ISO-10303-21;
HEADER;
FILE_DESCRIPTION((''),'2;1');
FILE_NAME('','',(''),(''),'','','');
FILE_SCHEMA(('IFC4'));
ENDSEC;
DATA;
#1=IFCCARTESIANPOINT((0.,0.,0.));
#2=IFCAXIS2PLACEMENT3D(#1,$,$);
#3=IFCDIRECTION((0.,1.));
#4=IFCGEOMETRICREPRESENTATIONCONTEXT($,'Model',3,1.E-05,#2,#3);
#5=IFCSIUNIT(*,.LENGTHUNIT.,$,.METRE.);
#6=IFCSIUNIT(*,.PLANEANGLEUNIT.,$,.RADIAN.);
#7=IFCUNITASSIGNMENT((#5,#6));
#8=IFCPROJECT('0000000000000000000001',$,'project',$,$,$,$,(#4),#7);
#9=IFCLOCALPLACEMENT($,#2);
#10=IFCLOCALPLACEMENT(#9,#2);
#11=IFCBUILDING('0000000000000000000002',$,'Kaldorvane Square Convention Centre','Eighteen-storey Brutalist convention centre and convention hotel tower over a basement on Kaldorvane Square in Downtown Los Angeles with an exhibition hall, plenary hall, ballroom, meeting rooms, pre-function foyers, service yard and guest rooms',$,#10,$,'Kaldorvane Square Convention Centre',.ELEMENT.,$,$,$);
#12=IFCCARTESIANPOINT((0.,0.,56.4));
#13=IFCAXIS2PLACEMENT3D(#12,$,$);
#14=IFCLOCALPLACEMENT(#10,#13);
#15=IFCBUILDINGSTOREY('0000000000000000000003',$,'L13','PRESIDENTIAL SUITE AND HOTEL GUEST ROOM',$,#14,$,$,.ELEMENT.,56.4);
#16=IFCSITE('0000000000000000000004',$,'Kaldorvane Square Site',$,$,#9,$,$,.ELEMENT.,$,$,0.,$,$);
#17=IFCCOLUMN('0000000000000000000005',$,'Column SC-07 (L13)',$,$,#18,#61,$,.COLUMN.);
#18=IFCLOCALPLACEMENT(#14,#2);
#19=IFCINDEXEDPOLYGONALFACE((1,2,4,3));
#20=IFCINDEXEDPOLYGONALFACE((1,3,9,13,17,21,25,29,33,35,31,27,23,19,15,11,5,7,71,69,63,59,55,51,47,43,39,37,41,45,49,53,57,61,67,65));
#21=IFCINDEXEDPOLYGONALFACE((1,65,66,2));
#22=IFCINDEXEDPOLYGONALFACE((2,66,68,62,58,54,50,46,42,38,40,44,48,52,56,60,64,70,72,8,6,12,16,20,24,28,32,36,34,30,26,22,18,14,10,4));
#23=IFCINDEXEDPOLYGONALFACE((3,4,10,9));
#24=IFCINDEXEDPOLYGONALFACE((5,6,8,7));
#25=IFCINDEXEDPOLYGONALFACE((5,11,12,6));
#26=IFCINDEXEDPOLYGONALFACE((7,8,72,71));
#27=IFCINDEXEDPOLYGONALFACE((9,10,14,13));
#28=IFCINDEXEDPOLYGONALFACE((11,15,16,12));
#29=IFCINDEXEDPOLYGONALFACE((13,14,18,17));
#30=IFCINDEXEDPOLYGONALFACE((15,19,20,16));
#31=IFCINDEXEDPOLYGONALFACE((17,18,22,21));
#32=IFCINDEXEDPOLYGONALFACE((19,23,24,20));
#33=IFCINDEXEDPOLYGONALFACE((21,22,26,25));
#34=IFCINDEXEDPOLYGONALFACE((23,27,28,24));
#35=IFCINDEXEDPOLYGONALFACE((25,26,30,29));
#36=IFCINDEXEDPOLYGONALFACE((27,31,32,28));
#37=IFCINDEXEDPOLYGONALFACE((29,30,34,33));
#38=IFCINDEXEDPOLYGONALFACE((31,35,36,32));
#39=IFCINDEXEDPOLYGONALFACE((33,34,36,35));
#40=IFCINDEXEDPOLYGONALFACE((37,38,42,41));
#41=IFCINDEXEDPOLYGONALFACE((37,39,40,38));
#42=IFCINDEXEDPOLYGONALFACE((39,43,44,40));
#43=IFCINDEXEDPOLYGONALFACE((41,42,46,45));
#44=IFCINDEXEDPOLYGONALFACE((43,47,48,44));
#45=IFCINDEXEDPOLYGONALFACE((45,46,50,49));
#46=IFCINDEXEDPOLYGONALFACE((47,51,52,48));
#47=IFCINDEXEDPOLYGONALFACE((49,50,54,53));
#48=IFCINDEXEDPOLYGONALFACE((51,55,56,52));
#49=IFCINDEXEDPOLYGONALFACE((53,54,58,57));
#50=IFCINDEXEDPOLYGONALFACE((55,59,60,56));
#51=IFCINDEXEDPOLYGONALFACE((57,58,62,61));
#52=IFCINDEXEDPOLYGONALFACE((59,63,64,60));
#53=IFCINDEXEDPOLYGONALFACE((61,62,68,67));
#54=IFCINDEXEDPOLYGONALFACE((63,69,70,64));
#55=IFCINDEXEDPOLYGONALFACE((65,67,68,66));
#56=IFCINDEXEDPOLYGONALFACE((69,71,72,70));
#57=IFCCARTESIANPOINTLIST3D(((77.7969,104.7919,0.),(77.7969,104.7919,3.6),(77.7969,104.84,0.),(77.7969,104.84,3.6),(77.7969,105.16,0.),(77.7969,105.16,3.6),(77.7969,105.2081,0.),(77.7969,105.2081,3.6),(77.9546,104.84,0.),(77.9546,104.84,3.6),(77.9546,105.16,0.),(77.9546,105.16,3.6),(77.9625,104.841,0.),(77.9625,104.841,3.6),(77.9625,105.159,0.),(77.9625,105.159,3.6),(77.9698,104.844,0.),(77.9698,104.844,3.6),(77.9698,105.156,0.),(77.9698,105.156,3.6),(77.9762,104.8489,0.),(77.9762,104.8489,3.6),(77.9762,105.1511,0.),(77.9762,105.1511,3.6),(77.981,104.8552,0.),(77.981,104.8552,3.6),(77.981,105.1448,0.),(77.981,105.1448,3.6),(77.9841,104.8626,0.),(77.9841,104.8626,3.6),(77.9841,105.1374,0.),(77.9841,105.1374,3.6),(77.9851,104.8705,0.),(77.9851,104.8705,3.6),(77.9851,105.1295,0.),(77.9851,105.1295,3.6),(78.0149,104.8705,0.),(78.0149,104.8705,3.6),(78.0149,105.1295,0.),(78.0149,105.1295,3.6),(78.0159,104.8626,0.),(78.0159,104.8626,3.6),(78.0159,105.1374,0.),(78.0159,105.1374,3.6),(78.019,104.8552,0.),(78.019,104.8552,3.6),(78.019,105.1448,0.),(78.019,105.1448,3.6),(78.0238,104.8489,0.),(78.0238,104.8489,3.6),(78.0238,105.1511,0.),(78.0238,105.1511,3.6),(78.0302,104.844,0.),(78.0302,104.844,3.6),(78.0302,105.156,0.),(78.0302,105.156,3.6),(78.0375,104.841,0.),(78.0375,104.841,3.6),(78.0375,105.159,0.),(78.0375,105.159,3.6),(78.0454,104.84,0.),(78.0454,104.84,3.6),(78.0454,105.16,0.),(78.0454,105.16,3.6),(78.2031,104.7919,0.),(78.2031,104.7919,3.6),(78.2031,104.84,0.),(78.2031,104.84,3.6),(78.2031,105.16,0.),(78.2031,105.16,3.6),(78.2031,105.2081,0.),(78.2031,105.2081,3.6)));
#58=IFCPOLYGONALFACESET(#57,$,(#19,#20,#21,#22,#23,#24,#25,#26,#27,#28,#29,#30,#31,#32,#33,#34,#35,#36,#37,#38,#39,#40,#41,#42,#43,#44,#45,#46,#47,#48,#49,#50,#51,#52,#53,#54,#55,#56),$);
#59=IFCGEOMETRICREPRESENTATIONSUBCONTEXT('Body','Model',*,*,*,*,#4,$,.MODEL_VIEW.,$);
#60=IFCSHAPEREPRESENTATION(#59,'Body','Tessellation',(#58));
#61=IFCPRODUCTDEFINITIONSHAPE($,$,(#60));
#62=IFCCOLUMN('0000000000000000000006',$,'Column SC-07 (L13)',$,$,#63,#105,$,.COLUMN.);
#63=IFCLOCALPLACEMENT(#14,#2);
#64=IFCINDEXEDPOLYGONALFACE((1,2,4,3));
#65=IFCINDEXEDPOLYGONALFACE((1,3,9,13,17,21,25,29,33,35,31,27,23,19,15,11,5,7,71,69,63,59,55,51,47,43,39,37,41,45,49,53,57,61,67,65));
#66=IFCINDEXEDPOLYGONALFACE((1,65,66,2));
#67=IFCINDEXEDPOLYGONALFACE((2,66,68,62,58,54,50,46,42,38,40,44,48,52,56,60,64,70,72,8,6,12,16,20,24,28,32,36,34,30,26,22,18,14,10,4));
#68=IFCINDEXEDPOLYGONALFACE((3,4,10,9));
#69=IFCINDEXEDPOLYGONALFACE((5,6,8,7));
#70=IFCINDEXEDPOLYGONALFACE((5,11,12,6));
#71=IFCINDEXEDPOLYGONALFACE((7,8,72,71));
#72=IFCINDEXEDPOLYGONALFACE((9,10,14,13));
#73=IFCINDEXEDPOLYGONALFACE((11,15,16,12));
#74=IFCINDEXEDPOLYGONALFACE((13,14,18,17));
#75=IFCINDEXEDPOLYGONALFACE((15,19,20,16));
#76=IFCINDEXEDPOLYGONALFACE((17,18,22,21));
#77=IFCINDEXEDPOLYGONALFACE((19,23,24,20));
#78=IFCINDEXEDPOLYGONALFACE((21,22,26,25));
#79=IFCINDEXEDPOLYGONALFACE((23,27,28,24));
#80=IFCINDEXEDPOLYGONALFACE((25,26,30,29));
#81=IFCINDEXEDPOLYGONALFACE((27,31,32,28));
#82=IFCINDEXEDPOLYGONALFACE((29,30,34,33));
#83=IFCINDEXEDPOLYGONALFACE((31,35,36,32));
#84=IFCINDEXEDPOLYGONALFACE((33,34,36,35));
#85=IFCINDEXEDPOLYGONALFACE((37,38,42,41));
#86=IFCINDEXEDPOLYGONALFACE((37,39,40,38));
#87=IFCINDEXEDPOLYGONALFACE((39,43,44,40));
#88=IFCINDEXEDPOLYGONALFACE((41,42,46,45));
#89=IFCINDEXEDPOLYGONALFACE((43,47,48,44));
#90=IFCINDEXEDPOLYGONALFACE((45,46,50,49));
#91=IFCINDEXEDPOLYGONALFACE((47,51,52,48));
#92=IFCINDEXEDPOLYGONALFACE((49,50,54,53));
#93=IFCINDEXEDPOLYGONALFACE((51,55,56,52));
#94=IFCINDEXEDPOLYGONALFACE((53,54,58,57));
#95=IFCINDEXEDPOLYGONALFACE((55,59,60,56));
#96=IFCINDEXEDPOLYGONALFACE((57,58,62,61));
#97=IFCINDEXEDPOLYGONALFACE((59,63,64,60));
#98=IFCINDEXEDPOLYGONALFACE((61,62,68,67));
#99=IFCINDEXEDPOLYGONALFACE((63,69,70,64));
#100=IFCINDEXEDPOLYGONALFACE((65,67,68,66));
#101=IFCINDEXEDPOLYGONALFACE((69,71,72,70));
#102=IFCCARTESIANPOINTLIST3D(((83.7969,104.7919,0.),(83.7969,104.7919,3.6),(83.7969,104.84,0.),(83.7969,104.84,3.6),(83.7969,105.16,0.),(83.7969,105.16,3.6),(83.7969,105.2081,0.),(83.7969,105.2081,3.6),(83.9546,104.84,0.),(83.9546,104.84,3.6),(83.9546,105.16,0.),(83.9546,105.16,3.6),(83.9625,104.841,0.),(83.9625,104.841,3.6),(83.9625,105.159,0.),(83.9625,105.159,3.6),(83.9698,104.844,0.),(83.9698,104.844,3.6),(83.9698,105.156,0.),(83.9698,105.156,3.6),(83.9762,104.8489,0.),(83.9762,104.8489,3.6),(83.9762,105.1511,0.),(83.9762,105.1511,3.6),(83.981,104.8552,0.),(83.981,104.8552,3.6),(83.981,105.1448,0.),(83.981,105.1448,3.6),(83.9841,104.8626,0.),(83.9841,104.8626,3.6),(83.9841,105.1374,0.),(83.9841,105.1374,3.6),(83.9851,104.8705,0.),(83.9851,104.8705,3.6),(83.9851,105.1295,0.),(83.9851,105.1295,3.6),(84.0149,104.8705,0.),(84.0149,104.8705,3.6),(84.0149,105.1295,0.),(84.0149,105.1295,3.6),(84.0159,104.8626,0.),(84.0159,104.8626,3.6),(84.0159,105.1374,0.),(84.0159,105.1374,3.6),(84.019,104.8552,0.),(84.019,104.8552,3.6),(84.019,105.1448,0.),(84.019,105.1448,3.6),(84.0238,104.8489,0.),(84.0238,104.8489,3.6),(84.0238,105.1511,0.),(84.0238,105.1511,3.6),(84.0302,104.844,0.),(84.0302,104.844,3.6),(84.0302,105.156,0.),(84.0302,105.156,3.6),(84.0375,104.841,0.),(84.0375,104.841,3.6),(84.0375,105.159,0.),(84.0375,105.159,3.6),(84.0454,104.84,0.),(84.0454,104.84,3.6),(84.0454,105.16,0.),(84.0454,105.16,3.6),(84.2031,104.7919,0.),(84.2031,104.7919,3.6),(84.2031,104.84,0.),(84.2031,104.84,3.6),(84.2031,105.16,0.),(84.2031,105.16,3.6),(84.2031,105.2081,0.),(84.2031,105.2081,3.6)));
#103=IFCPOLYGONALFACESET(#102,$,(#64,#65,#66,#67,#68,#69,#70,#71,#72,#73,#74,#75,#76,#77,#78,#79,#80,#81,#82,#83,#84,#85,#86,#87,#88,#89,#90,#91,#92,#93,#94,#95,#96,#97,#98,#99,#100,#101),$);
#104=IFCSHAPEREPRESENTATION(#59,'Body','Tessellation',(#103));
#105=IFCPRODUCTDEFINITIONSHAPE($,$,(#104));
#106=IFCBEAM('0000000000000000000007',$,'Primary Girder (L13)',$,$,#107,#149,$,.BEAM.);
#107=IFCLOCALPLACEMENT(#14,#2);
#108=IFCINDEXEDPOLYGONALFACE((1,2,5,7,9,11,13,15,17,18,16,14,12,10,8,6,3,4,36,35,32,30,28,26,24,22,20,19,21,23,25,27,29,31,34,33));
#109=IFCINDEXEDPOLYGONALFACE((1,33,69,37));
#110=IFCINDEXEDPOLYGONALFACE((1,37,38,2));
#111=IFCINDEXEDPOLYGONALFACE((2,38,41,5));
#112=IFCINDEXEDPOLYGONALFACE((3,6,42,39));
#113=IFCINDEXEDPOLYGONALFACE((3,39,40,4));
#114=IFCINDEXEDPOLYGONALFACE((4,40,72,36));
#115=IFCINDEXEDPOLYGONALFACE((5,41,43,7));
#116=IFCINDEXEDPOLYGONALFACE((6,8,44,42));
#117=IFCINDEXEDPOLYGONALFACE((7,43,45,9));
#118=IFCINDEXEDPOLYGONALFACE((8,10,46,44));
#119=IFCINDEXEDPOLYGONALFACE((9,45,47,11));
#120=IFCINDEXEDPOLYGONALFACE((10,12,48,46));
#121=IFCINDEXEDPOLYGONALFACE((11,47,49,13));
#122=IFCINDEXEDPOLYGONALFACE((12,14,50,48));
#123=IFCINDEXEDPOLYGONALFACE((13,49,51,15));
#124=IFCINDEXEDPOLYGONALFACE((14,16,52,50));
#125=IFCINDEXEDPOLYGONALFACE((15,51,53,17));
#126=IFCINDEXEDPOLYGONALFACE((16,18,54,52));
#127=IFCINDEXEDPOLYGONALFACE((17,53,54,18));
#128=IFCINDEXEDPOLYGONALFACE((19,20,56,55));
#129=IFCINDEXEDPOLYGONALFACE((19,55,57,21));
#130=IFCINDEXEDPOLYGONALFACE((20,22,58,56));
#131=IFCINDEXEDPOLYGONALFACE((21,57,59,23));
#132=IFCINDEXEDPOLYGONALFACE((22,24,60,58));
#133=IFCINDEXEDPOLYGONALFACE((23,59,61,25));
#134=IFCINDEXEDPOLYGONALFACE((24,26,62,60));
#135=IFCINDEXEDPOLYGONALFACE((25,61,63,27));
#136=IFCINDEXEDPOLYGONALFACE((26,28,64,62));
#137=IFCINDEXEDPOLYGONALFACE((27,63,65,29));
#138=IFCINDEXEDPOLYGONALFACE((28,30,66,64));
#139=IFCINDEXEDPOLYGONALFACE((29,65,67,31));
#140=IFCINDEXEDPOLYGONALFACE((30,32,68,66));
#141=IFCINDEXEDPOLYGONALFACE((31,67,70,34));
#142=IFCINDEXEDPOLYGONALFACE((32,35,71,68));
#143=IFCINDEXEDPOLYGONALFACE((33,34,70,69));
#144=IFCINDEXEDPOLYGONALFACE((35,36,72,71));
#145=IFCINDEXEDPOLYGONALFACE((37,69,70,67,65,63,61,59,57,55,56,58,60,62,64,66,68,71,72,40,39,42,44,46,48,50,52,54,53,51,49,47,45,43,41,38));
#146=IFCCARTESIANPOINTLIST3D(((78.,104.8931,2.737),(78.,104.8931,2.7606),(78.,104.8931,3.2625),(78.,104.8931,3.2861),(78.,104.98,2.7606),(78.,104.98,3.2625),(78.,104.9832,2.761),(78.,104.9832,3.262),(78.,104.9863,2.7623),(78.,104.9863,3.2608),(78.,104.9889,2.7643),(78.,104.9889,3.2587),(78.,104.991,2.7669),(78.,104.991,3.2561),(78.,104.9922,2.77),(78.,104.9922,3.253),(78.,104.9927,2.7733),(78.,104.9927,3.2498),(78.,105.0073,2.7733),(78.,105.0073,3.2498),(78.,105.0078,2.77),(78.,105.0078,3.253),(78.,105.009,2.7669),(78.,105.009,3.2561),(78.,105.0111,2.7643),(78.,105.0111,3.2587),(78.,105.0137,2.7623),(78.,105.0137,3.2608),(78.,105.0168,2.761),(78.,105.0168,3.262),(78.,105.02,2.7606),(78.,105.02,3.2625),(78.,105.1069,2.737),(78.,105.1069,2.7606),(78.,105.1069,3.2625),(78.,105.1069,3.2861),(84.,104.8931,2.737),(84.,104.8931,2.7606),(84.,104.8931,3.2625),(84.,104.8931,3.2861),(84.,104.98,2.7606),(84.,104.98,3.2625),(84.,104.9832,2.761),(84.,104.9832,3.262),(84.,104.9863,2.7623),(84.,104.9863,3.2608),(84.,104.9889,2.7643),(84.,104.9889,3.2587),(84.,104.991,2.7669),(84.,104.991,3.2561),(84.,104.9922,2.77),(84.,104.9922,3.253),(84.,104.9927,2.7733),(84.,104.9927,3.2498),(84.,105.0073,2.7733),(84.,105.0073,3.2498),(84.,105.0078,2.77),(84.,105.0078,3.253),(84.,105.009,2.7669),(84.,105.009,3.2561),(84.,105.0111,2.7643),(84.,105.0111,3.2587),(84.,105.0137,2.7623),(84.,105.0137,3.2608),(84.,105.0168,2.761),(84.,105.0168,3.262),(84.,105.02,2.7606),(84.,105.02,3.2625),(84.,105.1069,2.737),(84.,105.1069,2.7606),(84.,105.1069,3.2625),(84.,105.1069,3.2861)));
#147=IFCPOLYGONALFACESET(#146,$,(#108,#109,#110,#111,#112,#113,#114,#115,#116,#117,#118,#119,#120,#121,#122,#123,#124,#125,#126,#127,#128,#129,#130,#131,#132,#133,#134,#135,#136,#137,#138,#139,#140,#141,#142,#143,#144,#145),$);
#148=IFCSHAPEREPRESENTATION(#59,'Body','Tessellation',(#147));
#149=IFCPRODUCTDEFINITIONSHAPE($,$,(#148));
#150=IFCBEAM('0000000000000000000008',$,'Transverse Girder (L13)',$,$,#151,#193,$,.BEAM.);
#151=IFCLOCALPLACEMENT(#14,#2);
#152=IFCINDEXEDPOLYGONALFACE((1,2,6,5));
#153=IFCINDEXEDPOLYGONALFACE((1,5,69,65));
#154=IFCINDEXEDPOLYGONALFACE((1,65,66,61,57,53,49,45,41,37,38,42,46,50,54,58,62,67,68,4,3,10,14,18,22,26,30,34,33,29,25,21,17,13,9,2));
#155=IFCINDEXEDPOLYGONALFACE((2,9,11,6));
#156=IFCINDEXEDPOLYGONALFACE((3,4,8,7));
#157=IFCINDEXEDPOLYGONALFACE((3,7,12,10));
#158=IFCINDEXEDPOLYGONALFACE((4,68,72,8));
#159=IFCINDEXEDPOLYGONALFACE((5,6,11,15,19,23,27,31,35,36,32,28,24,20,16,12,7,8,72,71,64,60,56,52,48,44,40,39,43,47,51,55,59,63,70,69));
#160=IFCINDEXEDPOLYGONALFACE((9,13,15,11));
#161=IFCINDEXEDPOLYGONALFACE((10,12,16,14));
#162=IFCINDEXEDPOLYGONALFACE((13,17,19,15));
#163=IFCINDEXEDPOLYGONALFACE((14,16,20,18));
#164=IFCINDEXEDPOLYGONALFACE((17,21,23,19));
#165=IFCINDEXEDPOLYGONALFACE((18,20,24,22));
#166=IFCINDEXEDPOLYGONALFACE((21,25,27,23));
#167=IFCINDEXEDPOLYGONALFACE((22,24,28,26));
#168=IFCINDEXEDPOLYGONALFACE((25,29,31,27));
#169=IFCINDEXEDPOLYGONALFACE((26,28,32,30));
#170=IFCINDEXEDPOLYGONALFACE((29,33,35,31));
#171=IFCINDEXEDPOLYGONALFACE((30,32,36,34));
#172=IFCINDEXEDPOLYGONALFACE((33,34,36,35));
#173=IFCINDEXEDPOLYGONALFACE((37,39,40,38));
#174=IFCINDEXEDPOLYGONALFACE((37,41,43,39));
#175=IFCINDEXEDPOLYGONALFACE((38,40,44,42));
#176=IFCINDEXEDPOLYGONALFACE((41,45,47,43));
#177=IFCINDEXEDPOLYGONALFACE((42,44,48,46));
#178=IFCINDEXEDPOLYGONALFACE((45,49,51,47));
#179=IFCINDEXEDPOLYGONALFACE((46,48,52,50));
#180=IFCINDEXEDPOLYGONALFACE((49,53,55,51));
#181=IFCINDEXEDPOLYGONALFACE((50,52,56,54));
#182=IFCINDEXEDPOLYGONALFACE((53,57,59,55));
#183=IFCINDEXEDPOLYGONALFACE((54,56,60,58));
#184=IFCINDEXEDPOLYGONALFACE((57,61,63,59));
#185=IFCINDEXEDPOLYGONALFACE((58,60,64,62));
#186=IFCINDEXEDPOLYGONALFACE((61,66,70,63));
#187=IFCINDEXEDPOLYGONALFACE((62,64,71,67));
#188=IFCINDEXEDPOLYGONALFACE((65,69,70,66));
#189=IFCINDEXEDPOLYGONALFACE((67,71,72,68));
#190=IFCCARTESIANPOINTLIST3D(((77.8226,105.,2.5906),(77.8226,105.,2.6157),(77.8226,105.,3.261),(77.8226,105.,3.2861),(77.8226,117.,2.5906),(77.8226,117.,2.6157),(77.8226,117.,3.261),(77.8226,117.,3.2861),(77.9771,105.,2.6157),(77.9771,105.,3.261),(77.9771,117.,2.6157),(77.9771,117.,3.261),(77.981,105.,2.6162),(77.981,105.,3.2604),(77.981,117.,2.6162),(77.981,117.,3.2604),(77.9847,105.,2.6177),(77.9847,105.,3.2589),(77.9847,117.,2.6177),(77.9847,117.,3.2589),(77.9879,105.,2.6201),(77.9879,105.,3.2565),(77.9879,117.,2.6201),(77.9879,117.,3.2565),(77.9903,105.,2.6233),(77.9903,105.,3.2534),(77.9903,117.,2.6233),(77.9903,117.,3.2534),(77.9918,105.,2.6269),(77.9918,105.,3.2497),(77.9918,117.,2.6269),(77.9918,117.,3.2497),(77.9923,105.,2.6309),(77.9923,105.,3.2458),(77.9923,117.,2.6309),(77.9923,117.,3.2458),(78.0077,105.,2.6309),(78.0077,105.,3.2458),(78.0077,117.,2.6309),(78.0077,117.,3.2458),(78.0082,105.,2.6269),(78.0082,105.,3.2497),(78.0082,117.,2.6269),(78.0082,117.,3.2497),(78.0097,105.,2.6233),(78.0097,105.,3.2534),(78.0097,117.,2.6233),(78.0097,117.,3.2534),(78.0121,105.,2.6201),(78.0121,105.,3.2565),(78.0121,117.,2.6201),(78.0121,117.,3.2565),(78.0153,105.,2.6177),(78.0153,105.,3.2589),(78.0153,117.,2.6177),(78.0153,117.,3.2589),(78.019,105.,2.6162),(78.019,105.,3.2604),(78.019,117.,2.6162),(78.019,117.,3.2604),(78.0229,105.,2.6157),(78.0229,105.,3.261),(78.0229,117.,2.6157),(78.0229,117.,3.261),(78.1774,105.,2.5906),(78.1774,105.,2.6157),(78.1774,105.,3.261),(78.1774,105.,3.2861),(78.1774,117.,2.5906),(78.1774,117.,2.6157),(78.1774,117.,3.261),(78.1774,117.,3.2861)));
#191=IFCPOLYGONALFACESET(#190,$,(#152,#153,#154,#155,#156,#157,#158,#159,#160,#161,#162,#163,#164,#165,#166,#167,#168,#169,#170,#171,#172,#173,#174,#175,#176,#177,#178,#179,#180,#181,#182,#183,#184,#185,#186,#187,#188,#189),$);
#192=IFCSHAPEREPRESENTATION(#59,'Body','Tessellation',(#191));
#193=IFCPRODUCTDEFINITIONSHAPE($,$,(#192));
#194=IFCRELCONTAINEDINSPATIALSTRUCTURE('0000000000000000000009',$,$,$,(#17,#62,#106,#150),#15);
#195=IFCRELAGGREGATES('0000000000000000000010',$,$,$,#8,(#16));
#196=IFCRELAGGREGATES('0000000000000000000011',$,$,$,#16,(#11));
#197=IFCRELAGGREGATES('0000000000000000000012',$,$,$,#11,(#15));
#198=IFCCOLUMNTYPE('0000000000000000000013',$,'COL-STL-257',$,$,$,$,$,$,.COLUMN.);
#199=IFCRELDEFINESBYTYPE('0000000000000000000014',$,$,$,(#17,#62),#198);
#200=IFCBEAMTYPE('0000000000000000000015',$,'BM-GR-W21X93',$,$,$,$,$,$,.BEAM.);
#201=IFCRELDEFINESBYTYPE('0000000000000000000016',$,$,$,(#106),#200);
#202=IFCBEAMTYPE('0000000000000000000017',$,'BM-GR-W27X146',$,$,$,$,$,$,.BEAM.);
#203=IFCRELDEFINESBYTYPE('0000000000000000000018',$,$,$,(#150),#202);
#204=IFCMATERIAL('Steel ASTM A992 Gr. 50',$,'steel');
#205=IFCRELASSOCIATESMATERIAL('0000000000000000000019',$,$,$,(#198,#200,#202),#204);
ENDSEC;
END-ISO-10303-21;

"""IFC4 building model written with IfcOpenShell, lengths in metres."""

from ifc_helpers import new_model, si_unit, direction, frame, origin, origin_2d, place, context, subcontext, project, spatial, i_section, extrude, material, material_profile, profile_set, type_object, element, save


model = new_model("IFC4")

# Units and contexts
model_context = context("Model", 3, precision=1e-05, world=origin(), true_north=direction((0.0, 1.0)))
body_context = subcontext(model_context, "Body", "Model", "MODEL_VIEW")
ifc_project = project(units=[si_unit("LENGTHUNIT", "METRE"), si_unit("PLANEANGLEUNIT", "RADIAN")], contexts=[model_context])

# Site, building, storey
site_placement = place(None, origin())
site = spatial("IfcSite", under=ifc_project, at=site_placement, Name="Kaldorvane Square Site", CompositionType="ELEMENT", RefElevation=0.0)
building_placement = place(site_placement, origin())
building = spatial("IfcBuilding", under=site, at=building_placement, Name="Kaldorvane Square Convention Centre", Description="Eighteen-storey Brutalist convention centre and convention hotel tower over a basement on Kaldorvane Square in Downtown Los Angeles with an exhibition hall, plenary hall, ballroom, meeting rooms, pre-function foyers, service yard and guest rooms", LongName="Kaldorvane Square Convention Centre", CompositionType="ELEMENT")
storey_placement = place(building_placement, frame((0.0, 0.0, 56.4)))
storey = spatial("IfcBuildingStorey", under=building, at=storey_placement, Name="L13", Description="PRESIDENTIAL SUITE AND HOTEL GUEST ROOM", CompositionType="ELEMENT", Elevation=56.4)

# Columns
ifc_material_1 = material(Name="Steel ASTM A992 Gr. 50", Category="steel")
ifc_material_profile_1 = material_profile(ifc_material_1, i_section(OverallWidth=0.4063, OverallDepth=0.4161, WebThickness=0.0298, FlangeThickness=0.048, FilletRadius=0.0305, at=origin_2d()), Name="W14X257")
ifc_profile_set_1 = profile_set([ifc_material_profile_1], Name="Steel ASTM A992 Gr. 50")
column_type = type_object("IfcColumnType", Name="COL-STL-257", PredefinedType="COLUMN", material=ifc_profile_set_1)
for number, where, z_axis, x_axis, name in (
    (1, (78.0, 105.0, 0.0), (0.0, 0.0, 1.0), (1.0, 0.0, 0.0), "Column SC-07 (L13)"),
    (2, (84.0, 105.0, 0.0), (0.0, 0.0, 1.0), (1.0, 0.0, 0.0), "Column SC-07 (L13)"),
):
    element("IfcColumn", number, at=place(storey_placement, frame(where, z_axis=z_axis, x_axis=x_axis)), inside=storey, type_object=column_type, Name=name, PredefinedType="COLUMN", context=body_context, shape_type="SweptSolid", body=[
        extrude(i_section(OverallWidth=0.4063, OverallDepth=0.4161, WebThickness=0.0298, FlangeThickness=0.048, FilletRadius=0.0305, at=origin_2d()), origin(), (0.0, 0.0, 1.0), 3.6),
    ])

# Beams
ifc_material_profile_2 = material_profile(ifc_material_1, i_section(OverallWidth=0.2139, OverallDepth=0.5491, WebThickness=0.0147, FlangeThickness=0.0236, FilletRadius=0.0127, at=origin_2d()), Name="W21X93")
ifc_profile_set_2 = profile_set([ifc_material_profile_2], Name="Steel ASTM A992 Gr. 50")
beam_type_1 = type_object("IfcBeamType", Name="BM-GR-W21X93", PredefinedType="BEAM", material=ifc_profile_set_2)
beam_1_placement = place(storey_placement, frame((78.0, 105.0, 3.0115), z_axis=(1.0, 0.0, 0.0), x_axis=(0.0, 1.0, 0.0)))
element("IfcBeam", 3, at=beam_1_placement, inside=storey, type_object=beam_type_1, Name="Primary Girder (L13)", PredefinedType="BEAM", context=body_context, shape_type="SweptSolid", body=[
    extrude(i_section(OverallWidth=0.2139, OverallDepth=0.5491, WebThickness=0.0147, FlangeThickness=0.0236, FilletRadius=0.0127, at=origin_2d()), origin(), (0.0, 0.0, 1.0), 6.0),
])
ifc_material_profile_3 = material_profile(ifc_material_1, i_section(OverallWidth=0.3547, OverallDepth=0.6955, WebThickness=0.0154, FlangeThickness=0.0251, FilletRadius=0.0152, at=origin_2d()), Name="W27X146")
ifc_profile_set_3 = profile_set([ifc_material_profile_3], Name="Steel ASTM A992 Gr. 50")
beam_type_2 = type_object("IfcBeamType", Name="BM-GR-W27X146", PredefinedType="BEAM", material=ifc_profile_set_3)
beam_2_placement = place(storey_placement, frame((78.0, 105.0, 2.9383), z_axis=(0.0, 1.0, 0.0), x_axis=(-1.0, 0.0, 0.0)))
element("IfcBeam", 4, at=beam_2_placement, inside=storey, type_object=beam_type_2, Name="Transverse Girder (L13)", PredefinedType="BEAM", context=body_context, shape_type="SweptSolid", body=[
    extrude(i_section(OverallWidth=0.3547, OverallDepth=0.6955, WebThickness=0.0154, FlangeThickness=0.0251, FilletRadius=0.0152, at=origin_2d()), origin(), (0.0, 0.0, 1.0), 12.0),
])

save(model, "model.ifc")
